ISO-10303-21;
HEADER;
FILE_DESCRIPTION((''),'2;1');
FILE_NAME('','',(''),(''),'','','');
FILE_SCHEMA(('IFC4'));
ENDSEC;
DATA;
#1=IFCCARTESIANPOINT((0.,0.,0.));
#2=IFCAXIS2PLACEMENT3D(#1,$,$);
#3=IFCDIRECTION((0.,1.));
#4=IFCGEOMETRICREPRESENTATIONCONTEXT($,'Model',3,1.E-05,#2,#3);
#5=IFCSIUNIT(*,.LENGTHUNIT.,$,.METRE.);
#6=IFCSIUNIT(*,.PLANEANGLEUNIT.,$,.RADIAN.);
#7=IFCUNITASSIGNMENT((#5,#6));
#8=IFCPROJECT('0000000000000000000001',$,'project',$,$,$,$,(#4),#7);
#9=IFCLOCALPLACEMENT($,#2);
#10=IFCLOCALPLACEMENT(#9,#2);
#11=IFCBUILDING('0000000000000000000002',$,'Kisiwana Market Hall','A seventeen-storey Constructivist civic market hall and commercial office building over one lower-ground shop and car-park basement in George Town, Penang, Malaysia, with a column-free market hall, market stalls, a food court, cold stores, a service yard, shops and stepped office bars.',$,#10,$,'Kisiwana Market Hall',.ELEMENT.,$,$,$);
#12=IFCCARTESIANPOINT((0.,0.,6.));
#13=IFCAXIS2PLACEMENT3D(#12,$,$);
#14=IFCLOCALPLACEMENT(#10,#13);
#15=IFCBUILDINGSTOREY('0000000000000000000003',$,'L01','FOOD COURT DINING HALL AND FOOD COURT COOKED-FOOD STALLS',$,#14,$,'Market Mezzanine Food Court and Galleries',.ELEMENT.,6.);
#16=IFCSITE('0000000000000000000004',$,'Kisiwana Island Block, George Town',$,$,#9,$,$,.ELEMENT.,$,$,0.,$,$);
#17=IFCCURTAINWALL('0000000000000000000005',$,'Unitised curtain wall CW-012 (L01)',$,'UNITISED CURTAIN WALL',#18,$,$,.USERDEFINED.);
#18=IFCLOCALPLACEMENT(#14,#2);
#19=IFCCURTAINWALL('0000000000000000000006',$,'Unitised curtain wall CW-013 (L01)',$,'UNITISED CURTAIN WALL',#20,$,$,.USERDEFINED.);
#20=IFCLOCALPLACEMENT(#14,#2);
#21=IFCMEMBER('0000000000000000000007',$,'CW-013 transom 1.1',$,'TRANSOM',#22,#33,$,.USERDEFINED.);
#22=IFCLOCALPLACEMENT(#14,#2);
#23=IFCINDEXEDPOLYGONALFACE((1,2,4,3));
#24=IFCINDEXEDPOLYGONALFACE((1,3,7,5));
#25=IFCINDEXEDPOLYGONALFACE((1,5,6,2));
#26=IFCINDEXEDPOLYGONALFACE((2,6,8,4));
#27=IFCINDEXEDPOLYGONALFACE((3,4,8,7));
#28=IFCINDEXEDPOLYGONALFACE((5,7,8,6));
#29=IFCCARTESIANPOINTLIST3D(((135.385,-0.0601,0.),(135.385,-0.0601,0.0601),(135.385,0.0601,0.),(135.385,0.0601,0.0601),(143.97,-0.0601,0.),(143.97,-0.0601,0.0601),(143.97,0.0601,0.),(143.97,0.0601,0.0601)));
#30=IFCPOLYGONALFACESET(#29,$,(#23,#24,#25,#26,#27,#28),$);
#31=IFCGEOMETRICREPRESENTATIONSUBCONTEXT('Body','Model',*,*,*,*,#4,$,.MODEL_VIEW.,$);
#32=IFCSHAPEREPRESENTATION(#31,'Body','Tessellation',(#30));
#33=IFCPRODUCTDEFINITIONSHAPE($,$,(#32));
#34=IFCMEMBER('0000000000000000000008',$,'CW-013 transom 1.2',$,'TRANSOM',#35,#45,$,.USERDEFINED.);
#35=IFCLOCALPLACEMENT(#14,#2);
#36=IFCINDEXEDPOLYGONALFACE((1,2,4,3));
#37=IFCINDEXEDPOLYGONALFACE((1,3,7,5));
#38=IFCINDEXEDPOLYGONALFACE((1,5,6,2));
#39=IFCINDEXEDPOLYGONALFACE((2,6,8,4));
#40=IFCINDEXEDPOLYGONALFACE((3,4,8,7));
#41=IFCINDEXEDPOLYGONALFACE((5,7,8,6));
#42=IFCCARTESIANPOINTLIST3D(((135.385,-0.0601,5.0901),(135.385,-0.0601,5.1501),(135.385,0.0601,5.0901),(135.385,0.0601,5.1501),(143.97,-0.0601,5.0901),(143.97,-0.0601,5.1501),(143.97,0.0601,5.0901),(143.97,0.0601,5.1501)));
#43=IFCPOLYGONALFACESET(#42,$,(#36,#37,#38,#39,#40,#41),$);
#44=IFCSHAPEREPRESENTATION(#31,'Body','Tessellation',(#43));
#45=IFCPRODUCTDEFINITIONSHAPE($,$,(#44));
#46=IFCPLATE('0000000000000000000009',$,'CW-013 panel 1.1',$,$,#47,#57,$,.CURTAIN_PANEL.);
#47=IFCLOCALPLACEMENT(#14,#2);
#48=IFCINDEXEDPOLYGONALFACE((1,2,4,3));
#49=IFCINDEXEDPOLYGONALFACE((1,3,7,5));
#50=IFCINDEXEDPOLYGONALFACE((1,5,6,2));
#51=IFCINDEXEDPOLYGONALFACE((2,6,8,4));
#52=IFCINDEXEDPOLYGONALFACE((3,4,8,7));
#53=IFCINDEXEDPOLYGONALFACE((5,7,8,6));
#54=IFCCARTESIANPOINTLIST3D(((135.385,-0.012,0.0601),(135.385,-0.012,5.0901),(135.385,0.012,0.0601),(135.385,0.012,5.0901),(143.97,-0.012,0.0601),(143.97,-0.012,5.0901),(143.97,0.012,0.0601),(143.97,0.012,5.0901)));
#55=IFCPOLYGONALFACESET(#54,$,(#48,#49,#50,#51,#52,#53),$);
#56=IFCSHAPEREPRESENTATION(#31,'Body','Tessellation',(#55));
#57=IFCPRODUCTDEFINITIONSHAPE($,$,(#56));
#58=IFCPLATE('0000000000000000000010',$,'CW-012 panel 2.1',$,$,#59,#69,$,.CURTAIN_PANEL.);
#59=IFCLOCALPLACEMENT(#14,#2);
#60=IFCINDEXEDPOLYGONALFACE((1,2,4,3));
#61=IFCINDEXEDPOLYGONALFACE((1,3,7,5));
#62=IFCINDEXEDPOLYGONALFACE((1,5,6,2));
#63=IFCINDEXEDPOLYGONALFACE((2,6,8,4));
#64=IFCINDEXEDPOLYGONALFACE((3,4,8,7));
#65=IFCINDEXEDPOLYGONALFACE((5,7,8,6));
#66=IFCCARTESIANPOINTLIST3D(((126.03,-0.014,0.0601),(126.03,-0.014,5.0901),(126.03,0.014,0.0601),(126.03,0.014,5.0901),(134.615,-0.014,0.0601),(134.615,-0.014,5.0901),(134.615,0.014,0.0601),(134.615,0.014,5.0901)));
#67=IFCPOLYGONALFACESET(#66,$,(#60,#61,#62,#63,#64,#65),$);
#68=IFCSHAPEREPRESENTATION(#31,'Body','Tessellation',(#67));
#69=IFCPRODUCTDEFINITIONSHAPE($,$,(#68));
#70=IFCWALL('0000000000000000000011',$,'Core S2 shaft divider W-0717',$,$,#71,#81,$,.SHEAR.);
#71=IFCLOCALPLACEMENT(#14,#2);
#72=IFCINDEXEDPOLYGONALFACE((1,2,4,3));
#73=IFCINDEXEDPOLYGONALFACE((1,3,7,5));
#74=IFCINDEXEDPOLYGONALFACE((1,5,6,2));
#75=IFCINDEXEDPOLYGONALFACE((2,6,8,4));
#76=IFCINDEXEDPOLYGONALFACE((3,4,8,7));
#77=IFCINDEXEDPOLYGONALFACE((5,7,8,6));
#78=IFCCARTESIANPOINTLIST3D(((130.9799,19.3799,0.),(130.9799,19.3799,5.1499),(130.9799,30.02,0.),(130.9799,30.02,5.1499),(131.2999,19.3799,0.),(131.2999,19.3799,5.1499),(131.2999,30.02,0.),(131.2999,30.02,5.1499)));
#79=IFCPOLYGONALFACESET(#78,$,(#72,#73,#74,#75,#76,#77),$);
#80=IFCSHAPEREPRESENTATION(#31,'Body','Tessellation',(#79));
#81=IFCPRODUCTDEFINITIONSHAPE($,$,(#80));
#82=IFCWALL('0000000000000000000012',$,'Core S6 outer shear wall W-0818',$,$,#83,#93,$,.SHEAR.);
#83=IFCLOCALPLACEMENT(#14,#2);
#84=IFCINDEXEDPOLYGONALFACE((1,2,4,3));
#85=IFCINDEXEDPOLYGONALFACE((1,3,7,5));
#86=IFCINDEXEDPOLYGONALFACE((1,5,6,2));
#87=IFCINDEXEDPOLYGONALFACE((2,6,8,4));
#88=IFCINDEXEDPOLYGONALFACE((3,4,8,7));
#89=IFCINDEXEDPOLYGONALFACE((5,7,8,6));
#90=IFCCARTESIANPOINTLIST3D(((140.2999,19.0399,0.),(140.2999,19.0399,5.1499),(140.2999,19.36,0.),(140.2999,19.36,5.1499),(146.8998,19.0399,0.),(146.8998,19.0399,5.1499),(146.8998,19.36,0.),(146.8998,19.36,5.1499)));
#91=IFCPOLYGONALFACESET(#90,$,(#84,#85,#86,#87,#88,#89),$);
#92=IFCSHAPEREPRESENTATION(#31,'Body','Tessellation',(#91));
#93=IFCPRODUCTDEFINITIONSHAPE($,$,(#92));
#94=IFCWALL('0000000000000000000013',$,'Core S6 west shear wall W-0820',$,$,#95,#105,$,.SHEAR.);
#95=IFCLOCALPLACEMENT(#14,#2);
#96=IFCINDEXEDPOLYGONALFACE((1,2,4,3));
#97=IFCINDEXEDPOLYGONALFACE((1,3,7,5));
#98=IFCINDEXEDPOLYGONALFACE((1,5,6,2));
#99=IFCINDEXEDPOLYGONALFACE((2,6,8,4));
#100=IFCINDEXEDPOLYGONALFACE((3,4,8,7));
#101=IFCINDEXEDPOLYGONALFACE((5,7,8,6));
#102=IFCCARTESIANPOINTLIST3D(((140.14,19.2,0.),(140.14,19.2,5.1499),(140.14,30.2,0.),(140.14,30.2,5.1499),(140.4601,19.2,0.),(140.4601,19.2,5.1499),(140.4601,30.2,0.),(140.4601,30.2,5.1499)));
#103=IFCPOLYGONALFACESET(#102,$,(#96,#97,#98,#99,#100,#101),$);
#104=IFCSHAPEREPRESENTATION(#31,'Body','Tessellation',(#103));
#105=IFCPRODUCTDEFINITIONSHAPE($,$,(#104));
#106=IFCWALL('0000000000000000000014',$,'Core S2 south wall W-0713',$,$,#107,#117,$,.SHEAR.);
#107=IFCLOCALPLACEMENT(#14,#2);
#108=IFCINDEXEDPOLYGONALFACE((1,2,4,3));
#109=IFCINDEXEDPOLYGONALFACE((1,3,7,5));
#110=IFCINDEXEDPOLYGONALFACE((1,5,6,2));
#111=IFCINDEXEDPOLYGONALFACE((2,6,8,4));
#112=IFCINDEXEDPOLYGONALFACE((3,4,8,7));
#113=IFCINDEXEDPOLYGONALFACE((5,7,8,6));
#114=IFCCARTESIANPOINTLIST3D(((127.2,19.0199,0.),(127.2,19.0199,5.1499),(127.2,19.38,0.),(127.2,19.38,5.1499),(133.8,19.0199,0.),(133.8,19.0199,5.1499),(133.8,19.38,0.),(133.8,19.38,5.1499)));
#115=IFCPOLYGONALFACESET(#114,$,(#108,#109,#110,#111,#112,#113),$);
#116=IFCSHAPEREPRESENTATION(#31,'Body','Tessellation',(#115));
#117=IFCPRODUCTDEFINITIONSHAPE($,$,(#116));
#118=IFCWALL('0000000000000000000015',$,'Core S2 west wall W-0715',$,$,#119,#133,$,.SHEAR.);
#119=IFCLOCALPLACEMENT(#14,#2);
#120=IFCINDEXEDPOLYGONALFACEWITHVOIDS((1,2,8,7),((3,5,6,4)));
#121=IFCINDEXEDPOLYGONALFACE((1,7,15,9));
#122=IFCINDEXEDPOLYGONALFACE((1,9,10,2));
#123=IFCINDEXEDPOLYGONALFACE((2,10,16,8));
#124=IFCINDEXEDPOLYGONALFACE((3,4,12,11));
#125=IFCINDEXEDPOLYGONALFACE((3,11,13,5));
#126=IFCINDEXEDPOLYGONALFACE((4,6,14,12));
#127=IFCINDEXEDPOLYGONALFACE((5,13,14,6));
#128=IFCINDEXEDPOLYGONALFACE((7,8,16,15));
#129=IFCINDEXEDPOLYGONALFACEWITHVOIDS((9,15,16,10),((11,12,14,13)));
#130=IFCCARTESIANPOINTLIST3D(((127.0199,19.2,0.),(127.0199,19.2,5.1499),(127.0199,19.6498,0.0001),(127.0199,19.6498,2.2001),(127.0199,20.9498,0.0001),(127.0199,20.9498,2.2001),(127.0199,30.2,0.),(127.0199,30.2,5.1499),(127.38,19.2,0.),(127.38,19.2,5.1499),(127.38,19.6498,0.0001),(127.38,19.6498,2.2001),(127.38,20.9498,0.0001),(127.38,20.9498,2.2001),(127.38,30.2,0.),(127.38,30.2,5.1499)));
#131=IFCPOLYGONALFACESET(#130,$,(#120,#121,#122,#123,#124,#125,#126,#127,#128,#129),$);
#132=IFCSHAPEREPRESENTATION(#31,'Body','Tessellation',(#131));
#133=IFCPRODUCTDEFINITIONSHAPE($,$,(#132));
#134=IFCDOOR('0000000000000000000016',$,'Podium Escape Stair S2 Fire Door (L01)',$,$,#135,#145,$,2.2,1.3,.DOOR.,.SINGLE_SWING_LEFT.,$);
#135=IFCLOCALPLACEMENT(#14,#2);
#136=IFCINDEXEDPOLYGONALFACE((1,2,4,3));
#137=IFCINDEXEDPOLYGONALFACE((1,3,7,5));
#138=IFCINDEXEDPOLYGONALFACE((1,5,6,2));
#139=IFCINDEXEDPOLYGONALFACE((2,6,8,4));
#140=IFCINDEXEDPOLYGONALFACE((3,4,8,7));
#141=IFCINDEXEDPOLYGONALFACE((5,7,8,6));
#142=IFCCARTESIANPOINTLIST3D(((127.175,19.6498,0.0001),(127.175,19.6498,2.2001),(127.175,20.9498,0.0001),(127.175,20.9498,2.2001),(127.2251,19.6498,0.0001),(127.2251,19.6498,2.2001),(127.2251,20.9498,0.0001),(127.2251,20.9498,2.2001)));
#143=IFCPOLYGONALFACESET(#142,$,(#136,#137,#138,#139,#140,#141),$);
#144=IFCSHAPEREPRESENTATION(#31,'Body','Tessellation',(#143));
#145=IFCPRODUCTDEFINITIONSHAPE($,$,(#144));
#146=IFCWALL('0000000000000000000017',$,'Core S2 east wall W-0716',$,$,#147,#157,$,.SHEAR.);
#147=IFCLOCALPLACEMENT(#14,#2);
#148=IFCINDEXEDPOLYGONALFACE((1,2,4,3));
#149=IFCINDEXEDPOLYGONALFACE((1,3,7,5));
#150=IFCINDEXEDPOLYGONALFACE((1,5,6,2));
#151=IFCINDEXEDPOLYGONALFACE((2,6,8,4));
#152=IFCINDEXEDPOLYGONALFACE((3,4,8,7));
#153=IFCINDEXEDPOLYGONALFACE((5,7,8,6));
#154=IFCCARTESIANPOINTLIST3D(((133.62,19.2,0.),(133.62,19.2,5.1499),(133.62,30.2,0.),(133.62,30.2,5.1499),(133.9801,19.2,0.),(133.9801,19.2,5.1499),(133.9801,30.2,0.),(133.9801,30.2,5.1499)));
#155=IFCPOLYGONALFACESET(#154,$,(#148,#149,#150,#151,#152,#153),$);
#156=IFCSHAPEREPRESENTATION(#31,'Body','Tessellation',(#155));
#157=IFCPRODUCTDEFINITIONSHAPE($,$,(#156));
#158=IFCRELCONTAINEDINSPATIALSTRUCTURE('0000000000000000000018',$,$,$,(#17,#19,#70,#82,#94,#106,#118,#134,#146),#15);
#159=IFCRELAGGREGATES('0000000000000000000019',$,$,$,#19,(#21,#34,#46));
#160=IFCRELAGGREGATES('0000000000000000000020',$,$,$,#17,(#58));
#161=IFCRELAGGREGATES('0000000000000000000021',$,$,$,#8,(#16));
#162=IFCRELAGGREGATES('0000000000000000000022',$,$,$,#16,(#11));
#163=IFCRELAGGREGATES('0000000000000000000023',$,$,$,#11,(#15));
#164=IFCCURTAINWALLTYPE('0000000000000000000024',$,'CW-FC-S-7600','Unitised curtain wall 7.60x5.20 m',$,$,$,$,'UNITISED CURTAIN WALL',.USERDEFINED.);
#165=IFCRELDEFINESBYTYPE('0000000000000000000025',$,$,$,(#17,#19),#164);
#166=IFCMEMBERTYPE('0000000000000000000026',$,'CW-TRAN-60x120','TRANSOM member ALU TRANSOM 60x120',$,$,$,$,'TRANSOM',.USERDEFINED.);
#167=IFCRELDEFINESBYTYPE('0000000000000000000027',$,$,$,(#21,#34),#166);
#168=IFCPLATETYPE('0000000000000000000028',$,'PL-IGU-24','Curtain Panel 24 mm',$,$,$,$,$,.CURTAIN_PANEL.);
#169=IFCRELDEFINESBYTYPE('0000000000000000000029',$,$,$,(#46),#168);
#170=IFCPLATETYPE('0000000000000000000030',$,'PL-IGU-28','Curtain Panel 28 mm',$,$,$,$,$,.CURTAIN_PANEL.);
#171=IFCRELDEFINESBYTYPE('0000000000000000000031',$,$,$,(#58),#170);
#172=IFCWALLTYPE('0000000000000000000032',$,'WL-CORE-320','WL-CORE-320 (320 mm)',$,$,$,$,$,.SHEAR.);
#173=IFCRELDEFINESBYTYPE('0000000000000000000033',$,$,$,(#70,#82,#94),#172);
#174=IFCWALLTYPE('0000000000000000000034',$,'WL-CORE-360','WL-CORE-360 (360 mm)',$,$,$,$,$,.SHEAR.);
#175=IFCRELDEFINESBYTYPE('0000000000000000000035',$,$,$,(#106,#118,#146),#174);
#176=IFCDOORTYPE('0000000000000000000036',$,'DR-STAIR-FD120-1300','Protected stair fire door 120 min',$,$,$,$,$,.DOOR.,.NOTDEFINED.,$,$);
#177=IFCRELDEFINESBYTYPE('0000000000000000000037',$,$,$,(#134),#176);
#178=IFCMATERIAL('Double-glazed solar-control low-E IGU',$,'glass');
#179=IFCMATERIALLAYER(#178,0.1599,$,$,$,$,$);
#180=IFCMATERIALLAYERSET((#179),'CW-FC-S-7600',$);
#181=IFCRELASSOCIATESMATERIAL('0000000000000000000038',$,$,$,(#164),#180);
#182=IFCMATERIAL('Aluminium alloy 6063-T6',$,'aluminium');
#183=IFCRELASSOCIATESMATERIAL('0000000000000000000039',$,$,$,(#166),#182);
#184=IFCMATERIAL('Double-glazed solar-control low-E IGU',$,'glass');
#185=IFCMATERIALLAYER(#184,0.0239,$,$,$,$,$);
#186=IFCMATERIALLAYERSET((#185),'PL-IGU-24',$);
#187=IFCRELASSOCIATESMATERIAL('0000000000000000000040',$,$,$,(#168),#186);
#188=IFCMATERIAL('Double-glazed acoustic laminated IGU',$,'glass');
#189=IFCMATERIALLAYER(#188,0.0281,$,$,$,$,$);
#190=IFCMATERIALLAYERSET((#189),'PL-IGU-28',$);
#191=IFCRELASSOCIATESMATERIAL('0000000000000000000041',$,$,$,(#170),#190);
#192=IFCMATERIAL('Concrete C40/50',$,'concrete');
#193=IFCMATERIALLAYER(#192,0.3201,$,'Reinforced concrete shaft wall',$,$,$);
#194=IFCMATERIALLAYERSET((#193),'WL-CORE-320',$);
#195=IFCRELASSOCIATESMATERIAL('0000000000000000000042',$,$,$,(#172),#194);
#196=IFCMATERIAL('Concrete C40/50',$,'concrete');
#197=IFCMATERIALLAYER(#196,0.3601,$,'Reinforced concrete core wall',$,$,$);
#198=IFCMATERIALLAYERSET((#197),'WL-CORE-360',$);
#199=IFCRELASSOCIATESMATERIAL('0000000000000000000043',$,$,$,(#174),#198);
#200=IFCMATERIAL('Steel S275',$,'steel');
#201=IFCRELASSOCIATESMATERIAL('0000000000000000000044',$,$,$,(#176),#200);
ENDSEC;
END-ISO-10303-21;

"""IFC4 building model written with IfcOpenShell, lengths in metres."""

from ifc_helpers import new_model, si_unit, direction, frame, frame_2d, origin, origin_2d, place, context, subcontext, project, spatial, rectangle, extrude, material, layer, layer_set, material_profile, profile_set, type_object, element, fill, aggregate, save


model = new_model("IFC4")

# Units and contexts
model_context = context("Model", 3, precision=1e-05, world=origin(), true_north=direction((0.0, 1.0)))
body_context = subcontext(model_context, "Body", "Model", "MODEL_VIEW")
ifc_project = project(units=[si_unit("LENGTHUNIT", "METRE"), si_unit("PLANEANGLEUNIT", "RADIAN")], contexts=[model_context])

# Site, building, storey
site_placement = place(None, origin())
site = spatial("IfcSite", under=ifc_project, at=site_placement, Name="Kisiwana Island Block, George Town", CompositionType="ELEMENT", RefElevation=0.0)
building_placement = place(site_placement, origin())
building = spatial("IfcBuilding", under=site, at=building_placement, Name="Kisiwana Market Hall", Description="A seventeen-storey Constructivist civic market hall and commercial office building over one lower-ground shop and car-park basement in George Town, Penang, Malaysia, with a column-free market hall, market stalls, a food court, cold stores, a service yard, shops and stepped office bars.", LongName="Kisiwana Market Hall", CompositionType="ELEMENT")
storey_placement = place(building_placement, frame((0.0, 0.0, 6.0)))
storey = spatial("IfcBuildingStorey", under=building, at=storey_placement, Name="L01", Description="FOOD COURT DINING HALL AND FOOD COURT COOKED-FOOD STALLS", LongName="Market Mezzanine Food Court and Galleries", CompositionType="ELEMENT", Elevation=6.0)

# Curtain walls
ifc_material_1 = material(Name="Double-glazed solar-control low-E IGU", Category="glass")
ifc_layer_1 = layer(ifc_material_1, 0.1599)
ifc_layer_set_1 = layer_set([ifc_layer_1], Name="CW-FC-S-7600")
curtain_wall_type = type_object("IfcCurtainWallType", Name="CW-FC-S-7600", Description="Unitised curtain wall 7.60x5.20 m", ElementType="UNITISED CURTAIN WALL", PredefinedType="USERDEFINED", material=ifc_layer_set_1)
curtain_wall_1_placement = place(storey_placement, origin())
curtain_wall_1 = element("IfcCurtainWall", 1, at=curtain_wall_1_placement, inside=storey, type_object=curtain_wall_type, Name="Unitised curtain wall CW-012 (L01)", ObjectType="UNITISED CURTAIN WALL", PredefinedType="USERDEFINED")
curtain_wall_2_placement = place(storey_placement, origin())
curtain_wall_2 = element("IfcCurtainWall", 2, at=curtain_wall_2_placement, inside=storey, type_object=curtain_wall_type, Name="Unitised curtain wall CW-013 (L01)", ObjectType="UNITISED CURTAIN WALL", PredefinedType="USERDEFINED")

# Members
ifc_material_2 = material(Name="Aluminium alloy 6063-T6", Category="aluminium")
ifc_material_profile_1 = material_profile(ifc_material_2, rectangle(XDim=0.1201, YDim=0.0601, at=origin_2d()), Name="ALU TRANSOM 60x120")
ifc_profile_set_1 = profile_set([ifc_material_profile_1], Name="Aluminium alloy 6063-T6")
member_type_1 = type_object("IfcMemberType", Name="CW-TRAN-60x120", Description="TRANSOM member ALU TRANSOM 60x120", ElementType="TRANSOM", PredefinedType="USERDEFINED", material=ifc_profile_set_1)
member_1_placement = place(storey_placement, frame((135.385, 0.0, 0.03), z_axis=(1.0, 0.0, 0.0), x_axis=(0.0, 1.0, 0.0)))
member_1 = element("IfcMember", 3, at=member_1_placement, type_object=member_type_1, Name="CW-013 transom 1.1", ObjectType="TRANSOM", PredefinedType="USERDEFINED", context=body_context, shape_type="SweptSolid", body=[
    extrude(rectangle(XDim=0.1201, YDim=0.0601, at=origin_2d()), origin(), (0.0, 0.0, 1.0), 8.585),
])
member_2_placement = place(storey_placement, frame((135.385, 0.0, 5.1201), z_axis=(1.0, 0.0, 0.0), x_axis=(0.0, 1.0, 0.0)))
member_2 = element("IfcMember", 4, at=member_2_placement, type_object=member_type_1, Name="CW-013 transom 1.2", ObjectType="TRANSOM", PredefinedType="USERDEFINED", context=body_context, shape_type="SweptSolid", body=[
    extrude(rectangle(XDim=0.1201, YDim=0.0601, at=origin_2d()), origin(), (0.0, 0.0, 1.0), 8.585),
])

# Plates
ifc_material_3 = material(Name="Double-glazed solar-control low-E IGU", Category="glass")
ifc_layer_2 = layer(ifc_material_3, 0.0239)
ifc_layer_set_2 = layer_set([ifc_layer_2], Name="PL-IGU-24")
plate_type_1 = type_object("IfcPlateType", Name="PL-IGU-24", Description="Curtain Panel 24 mm", PredefinedType="CURTAIN_PANEL", material=ifc_layer_set_2)
plate_1_placement = place(storey_placement, frame((139.6775, 0.0, 0.0601), z_axis=(0.0, 0.0, 1.0), x_axis=(1.0, 0.0, 0.0)))
plate_1 = element("IfcPlate", 5, at=plate_1_placement, type_object=plate_type_1, Name="CW-013 panel 1.1", PredefinedType="CURTAIN_PANEL", context=body_context, shape_type="SweptSolid", body=[
    extrude(rectangle(XDim=8.585, YDim=0.0239, at=origin_2d()), origin(), (0.0, 0.0, 1.0), 5.03),
])
aggregate(curtain_wall_2, [member_1, member_2, plate_1])
ifc_material_4 = material(Name="Double-glazed acoustic laminated IGU", Category="glass")
ifc_layer_3 = layer(ifc_material_4, 0.0281)
ifc_layer_set_3 = layer_set([ifc_layer_3], Name="PL-IGU-28")
plate_type_2 = type_object("IfcPlateType", Name="PL-IGU-28", Description="Curtain Panel 28 mm", PredefinedType="CURTAIN_PANEL", material=ifc_layer_set_3)
plate_2_placement = place(storey_placement, frame((130.3225, 0.0, 0.0601), z_axis=(0.0, 0.0, 1.0), x_axis=(1.0, 0.0, 0.0)))
plate_2 = element("IfcPlate", 6, at=plate_2_placement, type_object=plate_type_2, Name="CW-012 panel 2.1", PredefinedType="CURTAIN_PANEL", context=body_context, shape_type="SweptSolid", body=[
    extrude(rectangle(XDim=8.585, YDim=0.0281, at=origin_2d()), origin(), (0.0, 0.0, 1.0), 5.03),
])
aggregate(curtain_wall_1, [plate_2])

# Walls
ifc_material_5 = material(Name="Concrete C40/50", Category="concrete")
ifc_layer_4 = layer(ifc_material_5, 0.3201, Name="Reinforced concrete shaft wall")
ifc_layer_set_4 = layer_set([ifc_layer_4], Name="WL-CORE-320")
wall_type_1 = type_object("IfcWallType", Name="WL-CORE-320", Description="WL-CORE-320 (320 mm)", PredefinedType="SHEAR", material=ifc_layer_set_4)
wall_1_placement = place(storey_placement, frame((131.1399, 19.3799, 0.0), z_axis=(0.0, 0.0, 1.0), x_axis=(0.0, 1.0, 0.0)))
element("IfcWall", 7, at=wall_1_placement, inside=storey, type_object=wall_type_1, Name="Core S2 shaft divider W-0717", PredefinedType="SHEAR", context=body_context, shape_type="SweptSolid", body=[
    extrude(rectangle(XDim=10.6401, YDim=0.3201, at=frame_2d((5.3201, 0.0))), origin(), (0.0, 0.0, 1.0), 5.1499),
])
wall_2_placement = place(storey_placement, frame((140.3, 19.2, 0.0), z_axis=(0.0, 0.0, 1.0), x_axis=(1.0, 0.0, 0.0)))
element("IfcWall", 8, at=wall_2_placement, inside=storey, type_object=wall_type_1, Name="Core S6 outer shear wall W-0818", PredefinedType="SHEAR", context=body_context, shape_type="SweptSolid", body=[
    extrude(rectangle(XDim=6.5999, YDim=0.3201, at=frame_2d((3.2998, 0.0))), origin(), (0.0, 0.0, 1.0), 5.1499),
])
wall_3_placement = place(storey_placement, frame((140.3, 19.2, 0.0), z_axis=(0.0, 0.0, 1.0), x_axis=(0.0, 1.0, 0.0)))
element("IfcWall", 9, at=wall_3_placement, inside=storey, type_object=wall_type_1, Name="Core S6 west shear wall W-0820", PredefinedType="SHEAR", context=body_context, shape_type="SweptSolid", body=[
    extrude(rectangle(XDim=11.0, YDim=0.3201, at=frame_2d((5.5, 0.0))), origin(), (0.0, 0.0, 1.0), 5.1499),
])
ifc_material_6 = material(Name="Concrete C40/50", Category="concrete")
ifc_layer_5 = layer(ifc_material_6, 0.3601, Name="Reinforced concrete core wall")
ifc_layer_set_5 = layer_set([ifc_layer_5], Name="WL-CORE-360")
wall_type_2 = type_object("IfcWallType", Name="WL-CORE-360", Description="WL-CORE-360 (360 mm)", PredefinedType="SHEAR", material=ifc_layer_set_5)
wall_4_placement = place(storey_placement, frame((127.2, 19.2, 0.0), z_axis=(0.0, 0.0, 1.0), x_axis=(1.0, 0.0, 0.0)))
element("IfcWall", 10, at=wall_4_placement, inside=storey, type_object=wall_type_2, Name="Core S2 south wall W-0713", PredefinedType="SHEAR", context=body_context, shape_type="SweptSolid", body=[
    extrude(rectangle(XDim=6.6001, YDim=0.3601, at=frame_2d((3.3, 0.0))), origin(), (0.0, 0.0, 1.0), 5.1499),
])

# Wall, opening, door
wall_5_placement = place(storey_placement, frame((127.2, 19.2, 0.0), z_axis=(0.0, 0.0, 1.0), x_axis=(0.0, 1.0, 0.0)))
wall_5 = element("IfcWall", 11, at=wall_5_placement, inside=storey, type_object=wall_type_2, Name="Core S2 west wall W-0715", PredefinedType="SHEAR", context=body_context, shape_type="SweptSolid", body=[
    extrude(rectangle(XDim=11.0, YDim=0.3601, at=frame_2d((5.5, 0.0))), origin(), (0.0, 0.0, 1.0), 5.1499),
])
opening_1_placement = place(wall_5_placement, frame((0.45, 0.0, 0.0)))
opening_1 = element("IfcOpeningElement", 12, at=opening_1_placement, cuts=wall_5, PredefinedType="OPENING", context=body_context, shape_type="SweptSolid", body=[
    extrude(rectangle(XDim=1.3, YDim=2.2, at=frame_2d((0.6499, 1.1001))), frame((0.0, 0.1919, 0.0), z_axis=(0.0, -1.0, 0.0), x_axis=(1.0, 0.0, 0.0)), (0.0, 0.0, 1.0), 0.384),
])
ifc_material_7 = material(Name="Steel S275", Category="steel")
door_type_1 = type_object("IfcDoorType", Name="DR-STAIR-FD120-1300", Description="Protected stair fire door 120 min", OperationType="NOTDEFINED", PredefinedType="DOOR", material=ifc_material_7)
door_1_placement = place(opening_1_placement, origin())
door_1 = element("IfcDoor", 13, at=door_1_placement, inside=storey, type_object=door_type_1, Name="Podium Escape Stair S2 Fire Door (L01)", OperationType="SINGLE_SWING_LEFT", OverallHeight=2.2, OverallWidth=1.3, PredefinedType="DOOR", context=body_context, shape_type="SweptSolid", body=[
    extrude(rectangle(XDim=1.3, YDim=2.2, at=frame_2d((0.6499, 1.1001))), frame((0.0, 0.0249, 0.0), z_axis=(0.0, -1.0, 0.0), x_axis=(1.0, 0.0, 0.0)), (0.0, 0.0, 1.0), 0.05),
])
fill(opening_1, door_1)

# Wall
wall_6_placement = place(storey_placement, frame((133.8, 19.2, 0.0), z_axis=(0.0, 0.0, 1.0), x_axis=(0.0, 1.0, 0.0)))
element("IfcWall", 14, at=wall_6_placement, inside=storey, type_object=wall_type_2, Name="Core S2 east wall W-0716", PredefinedType="SHEAR", context=body_context, shape_type="SweptSolid", body=[
    extrude(rectangle(XDim=11.0, YDim=0.3601, at=frame_2d((5.5, 0.0))), origin(), (0.0, 0.0, 1.0), 5.1499),
])

save(model, "model.ifc")
